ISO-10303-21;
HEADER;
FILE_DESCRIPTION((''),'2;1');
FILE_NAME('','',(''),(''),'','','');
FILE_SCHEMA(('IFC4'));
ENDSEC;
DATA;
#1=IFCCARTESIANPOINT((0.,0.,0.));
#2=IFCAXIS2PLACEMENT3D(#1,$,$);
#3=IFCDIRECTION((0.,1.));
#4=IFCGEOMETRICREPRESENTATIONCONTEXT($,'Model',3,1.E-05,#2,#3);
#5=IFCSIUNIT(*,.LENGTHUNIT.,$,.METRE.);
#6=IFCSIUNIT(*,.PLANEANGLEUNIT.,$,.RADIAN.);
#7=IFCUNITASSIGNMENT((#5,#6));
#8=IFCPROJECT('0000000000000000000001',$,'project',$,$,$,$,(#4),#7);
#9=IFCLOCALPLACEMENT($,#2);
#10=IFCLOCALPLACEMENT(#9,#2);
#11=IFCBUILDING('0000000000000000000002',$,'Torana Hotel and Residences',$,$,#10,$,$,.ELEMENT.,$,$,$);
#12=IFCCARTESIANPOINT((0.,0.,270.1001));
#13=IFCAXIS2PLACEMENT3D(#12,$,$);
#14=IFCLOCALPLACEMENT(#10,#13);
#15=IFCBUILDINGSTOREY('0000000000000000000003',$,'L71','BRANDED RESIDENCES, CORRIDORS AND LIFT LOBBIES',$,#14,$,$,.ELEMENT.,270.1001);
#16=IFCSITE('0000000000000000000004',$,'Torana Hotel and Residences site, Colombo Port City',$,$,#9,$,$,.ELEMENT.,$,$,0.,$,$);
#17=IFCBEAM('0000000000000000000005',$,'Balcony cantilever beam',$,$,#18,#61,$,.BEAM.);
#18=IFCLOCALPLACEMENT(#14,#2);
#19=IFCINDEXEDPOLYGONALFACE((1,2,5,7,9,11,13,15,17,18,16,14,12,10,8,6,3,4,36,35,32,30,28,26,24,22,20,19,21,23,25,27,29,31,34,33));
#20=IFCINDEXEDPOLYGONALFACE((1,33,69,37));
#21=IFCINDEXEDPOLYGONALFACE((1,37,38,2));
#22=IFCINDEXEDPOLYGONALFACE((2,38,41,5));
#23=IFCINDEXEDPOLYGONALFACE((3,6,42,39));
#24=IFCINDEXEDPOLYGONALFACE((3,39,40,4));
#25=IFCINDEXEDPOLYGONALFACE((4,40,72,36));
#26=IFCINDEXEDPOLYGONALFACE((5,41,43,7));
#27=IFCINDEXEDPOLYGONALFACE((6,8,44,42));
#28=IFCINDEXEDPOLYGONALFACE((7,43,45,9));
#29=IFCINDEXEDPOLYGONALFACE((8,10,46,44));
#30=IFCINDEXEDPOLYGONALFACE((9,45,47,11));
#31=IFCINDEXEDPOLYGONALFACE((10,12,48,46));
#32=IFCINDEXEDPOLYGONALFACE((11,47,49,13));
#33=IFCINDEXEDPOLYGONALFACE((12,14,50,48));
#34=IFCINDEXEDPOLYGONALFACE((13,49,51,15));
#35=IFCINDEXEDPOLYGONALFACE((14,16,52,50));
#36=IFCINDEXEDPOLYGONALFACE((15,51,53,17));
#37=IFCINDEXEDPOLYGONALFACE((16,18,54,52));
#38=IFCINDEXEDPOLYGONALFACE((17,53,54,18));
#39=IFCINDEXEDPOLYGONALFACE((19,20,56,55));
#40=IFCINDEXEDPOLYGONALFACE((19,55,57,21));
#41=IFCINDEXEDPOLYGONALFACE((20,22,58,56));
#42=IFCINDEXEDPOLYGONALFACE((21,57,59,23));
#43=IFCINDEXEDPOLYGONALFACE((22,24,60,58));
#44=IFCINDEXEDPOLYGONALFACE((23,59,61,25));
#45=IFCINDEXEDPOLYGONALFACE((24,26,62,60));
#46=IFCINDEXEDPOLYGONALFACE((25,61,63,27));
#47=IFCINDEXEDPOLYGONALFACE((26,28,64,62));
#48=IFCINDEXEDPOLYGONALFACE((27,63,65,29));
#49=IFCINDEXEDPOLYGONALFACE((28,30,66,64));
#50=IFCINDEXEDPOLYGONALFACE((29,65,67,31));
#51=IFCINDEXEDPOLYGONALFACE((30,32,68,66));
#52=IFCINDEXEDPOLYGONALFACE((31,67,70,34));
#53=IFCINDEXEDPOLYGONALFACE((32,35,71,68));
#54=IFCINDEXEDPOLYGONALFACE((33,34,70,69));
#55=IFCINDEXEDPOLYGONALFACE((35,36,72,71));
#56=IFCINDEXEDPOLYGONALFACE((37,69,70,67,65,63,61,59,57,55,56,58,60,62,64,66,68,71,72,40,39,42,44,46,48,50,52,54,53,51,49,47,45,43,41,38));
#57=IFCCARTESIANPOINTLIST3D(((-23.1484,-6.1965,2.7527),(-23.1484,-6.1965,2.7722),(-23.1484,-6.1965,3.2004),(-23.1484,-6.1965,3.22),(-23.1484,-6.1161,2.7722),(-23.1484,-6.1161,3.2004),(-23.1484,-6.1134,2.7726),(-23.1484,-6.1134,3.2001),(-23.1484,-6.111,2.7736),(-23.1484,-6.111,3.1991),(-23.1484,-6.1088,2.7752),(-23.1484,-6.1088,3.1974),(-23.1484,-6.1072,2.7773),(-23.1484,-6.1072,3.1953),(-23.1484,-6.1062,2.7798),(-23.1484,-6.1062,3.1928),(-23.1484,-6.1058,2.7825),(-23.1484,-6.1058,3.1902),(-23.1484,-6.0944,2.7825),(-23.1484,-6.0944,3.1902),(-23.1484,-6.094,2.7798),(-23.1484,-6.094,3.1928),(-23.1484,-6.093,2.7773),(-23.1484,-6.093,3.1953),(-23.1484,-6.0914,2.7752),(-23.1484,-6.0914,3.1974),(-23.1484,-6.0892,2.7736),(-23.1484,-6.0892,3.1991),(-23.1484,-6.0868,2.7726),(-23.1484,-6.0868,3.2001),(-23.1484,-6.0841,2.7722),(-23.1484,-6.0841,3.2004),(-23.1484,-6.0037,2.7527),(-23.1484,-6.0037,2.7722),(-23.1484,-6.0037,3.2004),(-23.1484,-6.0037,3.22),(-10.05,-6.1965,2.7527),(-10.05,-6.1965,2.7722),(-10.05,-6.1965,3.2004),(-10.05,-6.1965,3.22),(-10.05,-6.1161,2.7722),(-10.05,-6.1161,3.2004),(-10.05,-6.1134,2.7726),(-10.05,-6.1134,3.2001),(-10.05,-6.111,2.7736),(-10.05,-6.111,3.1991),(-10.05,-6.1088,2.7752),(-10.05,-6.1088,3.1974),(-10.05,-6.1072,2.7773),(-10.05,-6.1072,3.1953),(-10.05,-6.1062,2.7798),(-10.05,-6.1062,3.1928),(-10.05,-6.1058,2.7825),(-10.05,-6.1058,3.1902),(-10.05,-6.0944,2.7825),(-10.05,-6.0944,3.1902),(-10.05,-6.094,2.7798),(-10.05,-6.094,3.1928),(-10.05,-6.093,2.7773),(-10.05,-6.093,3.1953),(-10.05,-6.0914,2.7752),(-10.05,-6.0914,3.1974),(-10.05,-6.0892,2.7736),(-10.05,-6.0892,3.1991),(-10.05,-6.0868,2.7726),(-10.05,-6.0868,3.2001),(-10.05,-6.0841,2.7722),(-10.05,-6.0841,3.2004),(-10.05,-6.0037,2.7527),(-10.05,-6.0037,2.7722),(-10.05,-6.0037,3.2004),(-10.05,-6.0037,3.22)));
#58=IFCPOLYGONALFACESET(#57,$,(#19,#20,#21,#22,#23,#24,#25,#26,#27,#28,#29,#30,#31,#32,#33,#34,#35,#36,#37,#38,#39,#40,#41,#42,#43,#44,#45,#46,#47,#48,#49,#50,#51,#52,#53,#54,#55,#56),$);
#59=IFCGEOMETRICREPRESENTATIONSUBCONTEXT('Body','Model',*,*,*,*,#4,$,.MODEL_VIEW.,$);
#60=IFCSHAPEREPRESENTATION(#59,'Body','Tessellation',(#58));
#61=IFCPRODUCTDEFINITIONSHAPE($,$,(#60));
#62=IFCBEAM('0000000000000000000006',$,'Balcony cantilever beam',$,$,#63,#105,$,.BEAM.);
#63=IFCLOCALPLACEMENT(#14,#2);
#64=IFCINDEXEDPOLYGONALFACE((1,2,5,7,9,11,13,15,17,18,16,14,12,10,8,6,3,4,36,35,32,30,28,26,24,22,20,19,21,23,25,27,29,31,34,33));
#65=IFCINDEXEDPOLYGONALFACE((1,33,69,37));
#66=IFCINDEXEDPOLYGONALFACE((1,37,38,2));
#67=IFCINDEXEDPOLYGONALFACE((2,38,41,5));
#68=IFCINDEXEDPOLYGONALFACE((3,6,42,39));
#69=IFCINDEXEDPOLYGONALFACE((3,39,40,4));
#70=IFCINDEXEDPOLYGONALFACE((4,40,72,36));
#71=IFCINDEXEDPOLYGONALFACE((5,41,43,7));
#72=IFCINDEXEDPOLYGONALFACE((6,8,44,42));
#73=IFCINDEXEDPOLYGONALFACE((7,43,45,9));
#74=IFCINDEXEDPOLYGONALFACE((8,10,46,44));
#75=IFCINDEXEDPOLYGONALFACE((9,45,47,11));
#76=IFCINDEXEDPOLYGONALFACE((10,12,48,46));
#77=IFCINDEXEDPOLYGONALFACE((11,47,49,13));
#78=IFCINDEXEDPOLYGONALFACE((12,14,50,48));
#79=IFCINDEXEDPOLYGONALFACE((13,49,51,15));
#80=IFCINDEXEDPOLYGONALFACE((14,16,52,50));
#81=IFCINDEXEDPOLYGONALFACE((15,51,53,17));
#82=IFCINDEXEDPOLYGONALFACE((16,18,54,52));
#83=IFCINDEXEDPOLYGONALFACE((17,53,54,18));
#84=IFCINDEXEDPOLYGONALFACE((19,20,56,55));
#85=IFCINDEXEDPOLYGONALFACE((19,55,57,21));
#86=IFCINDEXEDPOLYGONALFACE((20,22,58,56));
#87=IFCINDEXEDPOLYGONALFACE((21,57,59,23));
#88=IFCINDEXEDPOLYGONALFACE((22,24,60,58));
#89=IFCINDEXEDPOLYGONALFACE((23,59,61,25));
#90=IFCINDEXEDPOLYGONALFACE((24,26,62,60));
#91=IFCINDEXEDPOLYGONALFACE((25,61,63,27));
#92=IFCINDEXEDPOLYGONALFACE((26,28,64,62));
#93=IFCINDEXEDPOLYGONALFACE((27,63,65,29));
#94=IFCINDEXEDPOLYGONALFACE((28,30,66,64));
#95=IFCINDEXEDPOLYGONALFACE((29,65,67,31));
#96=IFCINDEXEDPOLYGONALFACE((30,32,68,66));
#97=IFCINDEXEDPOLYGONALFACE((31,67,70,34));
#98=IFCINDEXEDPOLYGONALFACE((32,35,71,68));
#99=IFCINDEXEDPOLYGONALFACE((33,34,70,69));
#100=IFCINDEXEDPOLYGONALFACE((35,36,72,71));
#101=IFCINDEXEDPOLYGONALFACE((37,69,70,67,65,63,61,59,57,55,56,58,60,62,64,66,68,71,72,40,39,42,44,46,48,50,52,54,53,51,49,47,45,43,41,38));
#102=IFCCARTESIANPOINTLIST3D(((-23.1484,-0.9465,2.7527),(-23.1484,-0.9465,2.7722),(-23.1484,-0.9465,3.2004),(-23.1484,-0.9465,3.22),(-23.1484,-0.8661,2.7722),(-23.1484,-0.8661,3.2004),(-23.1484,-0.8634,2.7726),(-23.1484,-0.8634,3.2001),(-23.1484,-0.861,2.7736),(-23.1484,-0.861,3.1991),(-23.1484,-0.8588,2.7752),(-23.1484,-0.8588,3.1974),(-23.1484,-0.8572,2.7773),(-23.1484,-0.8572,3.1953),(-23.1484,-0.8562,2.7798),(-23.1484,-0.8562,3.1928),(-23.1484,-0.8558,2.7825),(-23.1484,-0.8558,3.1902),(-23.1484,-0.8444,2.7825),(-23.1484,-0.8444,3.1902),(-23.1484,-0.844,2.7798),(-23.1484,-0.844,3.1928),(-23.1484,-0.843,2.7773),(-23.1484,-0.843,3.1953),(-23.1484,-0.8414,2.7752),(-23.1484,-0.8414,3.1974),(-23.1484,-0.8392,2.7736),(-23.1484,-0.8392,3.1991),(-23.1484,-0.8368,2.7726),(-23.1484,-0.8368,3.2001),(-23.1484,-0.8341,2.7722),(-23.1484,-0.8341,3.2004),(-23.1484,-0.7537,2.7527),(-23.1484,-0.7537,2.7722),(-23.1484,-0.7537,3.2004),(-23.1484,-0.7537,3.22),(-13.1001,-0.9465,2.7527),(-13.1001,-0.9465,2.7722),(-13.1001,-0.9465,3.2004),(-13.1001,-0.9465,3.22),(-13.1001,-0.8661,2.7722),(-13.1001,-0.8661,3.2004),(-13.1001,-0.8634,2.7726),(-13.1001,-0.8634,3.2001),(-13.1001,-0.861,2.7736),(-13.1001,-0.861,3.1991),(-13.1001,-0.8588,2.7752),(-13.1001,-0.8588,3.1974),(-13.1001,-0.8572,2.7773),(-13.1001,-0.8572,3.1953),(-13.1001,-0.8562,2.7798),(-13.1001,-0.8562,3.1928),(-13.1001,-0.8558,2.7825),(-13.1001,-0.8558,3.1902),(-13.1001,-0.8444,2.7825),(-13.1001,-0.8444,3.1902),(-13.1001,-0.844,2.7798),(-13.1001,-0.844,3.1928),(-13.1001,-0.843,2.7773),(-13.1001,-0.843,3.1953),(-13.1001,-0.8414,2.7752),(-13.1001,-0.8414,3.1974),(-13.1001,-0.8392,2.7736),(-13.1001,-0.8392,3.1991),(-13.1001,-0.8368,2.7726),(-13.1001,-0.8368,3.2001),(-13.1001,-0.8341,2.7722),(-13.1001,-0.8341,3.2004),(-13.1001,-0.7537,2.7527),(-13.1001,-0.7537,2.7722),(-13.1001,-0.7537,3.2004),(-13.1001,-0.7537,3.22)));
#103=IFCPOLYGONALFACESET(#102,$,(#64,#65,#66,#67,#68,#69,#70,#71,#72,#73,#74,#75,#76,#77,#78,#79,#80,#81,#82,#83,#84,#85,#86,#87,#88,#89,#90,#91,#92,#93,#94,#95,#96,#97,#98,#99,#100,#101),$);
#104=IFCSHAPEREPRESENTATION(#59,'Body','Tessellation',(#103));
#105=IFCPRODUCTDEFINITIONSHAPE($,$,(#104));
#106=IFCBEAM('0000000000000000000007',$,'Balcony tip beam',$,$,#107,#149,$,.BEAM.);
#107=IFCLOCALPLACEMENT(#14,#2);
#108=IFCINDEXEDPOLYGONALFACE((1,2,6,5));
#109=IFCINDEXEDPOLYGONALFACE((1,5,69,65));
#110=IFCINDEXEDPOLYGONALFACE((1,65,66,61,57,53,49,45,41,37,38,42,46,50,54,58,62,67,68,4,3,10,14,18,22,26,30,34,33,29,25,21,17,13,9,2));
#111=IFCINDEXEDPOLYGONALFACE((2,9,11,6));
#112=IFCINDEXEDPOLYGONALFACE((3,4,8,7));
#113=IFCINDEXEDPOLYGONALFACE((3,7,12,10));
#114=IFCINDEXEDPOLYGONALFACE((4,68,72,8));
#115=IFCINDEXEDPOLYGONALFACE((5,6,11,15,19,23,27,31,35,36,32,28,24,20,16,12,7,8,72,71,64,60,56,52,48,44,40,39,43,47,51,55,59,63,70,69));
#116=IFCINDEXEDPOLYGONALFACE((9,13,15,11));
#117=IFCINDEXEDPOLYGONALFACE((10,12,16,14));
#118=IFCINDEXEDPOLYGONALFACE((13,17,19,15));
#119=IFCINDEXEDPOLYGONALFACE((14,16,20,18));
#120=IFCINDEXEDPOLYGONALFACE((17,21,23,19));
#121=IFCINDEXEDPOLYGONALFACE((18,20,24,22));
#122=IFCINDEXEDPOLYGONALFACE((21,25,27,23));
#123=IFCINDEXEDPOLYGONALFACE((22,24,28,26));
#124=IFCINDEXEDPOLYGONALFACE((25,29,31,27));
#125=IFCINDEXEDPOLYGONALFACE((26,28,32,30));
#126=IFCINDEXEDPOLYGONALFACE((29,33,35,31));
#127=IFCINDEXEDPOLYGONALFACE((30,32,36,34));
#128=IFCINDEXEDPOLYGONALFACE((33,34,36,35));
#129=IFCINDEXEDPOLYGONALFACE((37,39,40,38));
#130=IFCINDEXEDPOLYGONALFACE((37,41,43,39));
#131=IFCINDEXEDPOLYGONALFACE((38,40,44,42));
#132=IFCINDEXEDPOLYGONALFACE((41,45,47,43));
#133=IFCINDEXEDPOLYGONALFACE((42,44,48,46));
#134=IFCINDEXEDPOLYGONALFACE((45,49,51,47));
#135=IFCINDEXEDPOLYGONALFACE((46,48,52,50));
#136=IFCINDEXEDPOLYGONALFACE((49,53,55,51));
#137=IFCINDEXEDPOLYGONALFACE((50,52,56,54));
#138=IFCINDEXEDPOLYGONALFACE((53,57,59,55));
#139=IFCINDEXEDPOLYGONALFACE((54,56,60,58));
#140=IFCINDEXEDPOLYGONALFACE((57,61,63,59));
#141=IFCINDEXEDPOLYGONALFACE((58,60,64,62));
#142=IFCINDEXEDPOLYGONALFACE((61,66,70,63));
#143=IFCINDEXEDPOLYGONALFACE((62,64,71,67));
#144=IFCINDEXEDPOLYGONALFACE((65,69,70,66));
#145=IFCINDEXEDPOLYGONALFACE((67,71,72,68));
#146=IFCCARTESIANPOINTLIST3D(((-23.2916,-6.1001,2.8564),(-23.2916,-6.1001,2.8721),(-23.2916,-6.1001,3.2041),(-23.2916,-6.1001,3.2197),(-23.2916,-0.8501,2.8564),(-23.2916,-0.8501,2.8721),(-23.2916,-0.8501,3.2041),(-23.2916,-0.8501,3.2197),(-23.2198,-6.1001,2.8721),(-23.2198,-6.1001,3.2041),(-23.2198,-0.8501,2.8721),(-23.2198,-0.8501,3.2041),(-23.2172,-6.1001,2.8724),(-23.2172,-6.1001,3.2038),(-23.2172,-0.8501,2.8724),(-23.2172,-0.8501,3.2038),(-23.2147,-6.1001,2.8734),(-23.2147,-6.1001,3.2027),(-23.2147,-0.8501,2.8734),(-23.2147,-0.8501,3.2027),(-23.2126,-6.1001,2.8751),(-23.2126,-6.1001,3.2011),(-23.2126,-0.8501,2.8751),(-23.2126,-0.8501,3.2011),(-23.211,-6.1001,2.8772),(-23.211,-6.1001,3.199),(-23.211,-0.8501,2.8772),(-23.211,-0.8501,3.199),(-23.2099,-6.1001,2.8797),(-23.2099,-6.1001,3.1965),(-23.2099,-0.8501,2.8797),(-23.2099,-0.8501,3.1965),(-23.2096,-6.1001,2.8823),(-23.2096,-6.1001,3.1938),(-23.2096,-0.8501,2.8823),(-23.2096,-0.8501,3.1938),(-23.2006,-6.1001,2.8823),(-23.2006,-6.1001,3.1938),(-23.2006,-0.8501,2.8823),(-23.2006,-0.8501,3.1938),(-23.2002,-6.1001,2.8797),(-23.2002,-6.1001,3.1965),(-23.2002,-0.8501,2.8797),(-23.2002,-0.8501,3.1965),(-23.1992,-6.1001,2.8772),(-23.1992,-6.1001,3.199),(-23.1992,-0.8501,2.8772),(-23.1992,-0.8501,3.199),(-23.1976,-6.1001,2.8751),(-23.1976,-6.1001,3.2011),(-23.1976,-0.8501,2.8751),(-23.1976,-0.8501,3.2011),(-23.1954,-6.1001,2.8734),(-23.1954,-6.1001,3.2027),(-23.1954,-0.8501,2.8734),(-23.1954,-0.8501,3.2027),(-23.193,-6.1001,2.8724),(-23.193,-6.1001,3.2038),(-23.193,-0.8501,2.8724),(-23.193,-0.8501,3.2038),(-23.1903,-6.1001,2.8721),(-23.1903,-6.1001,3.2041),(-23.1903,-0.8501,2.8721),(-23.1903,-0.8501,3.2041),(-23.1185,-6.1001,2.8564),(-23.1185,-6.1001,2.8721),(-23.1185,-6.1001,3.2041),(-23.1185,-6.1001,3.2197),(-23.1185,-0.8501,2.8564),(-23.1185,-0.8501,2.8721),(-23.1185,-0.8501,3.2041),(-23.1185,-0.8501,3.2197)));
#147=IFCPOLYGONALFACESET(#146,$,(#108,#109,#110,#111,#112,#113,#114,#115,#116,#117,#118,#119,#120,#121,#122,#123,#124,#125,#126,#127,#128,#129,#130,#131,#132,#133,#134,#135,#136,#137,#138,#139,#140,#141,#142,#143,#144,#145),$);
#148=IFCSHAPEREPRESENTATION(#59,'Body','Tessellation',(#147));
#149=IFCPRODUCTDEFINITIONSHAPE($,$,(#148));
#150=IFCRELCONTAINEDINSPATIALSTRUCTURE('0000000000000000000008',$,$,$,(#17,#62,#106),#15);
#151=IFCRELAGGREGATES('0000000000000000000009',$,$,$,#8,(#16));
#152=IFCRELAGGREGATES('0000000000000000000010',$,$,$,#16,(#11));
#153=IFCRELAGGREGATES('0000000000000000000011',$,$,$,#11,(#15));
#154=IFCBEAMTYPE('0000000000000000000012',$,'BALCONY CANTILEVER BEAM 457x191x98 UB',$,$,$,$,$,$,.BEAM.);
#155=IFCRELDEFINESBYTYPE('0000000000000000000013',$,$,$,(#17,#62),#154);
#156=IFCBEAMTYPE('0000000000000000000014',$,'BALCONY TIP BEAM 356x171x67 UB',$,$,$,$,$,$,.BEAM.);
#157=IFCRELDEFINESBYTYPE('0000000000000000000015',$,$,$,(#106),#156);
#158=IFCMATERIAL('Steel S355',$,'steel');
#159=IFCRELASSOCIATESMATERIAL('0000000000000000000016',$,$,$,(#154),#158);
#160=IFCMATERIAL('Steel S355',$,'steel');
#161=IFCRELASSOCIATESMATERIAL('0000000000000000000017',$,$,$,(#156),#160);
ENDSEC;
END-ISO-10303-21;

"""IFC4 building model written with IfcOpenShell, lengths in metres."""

from ifc_helpers import new_model, si_unit, direction, frame, origin, origin_2d, place, context, subcontext, project, spatial, i_section, extrude, material, material_profile, profile_set, type_object, element, save


model = new_model("IFC4")

# Units and contexts
model_context = context("Model", 3, precision=1e-05, world=origin(), true_north=direction((0.0, 1.0)))
body_context = subcontext(model_context, "Body", "Model", "MODEL_VIEW")
ifc_project = project(units=[si_unit("LENGTHUNIT", "METRE"), si_unit("PLANEANGLEUNIT", "RADIAN")], contexts=[model_context])

# Site, building, storey
site_placement = place(None, origin())
site = spatial("IfcSite", under=ifc_project, at=site_placement, Name="Torana Hotel and Residences site, Colombo Port City", CompositionType="ELEMENT", RefElevation=0.0)
building_placement = place(site_placement, origin())
building = spatial("IfcBuilding", under=site, at=building_placement, Name="Torana Hotel and Residences", CompositionType="ELEMENT")
storey_placement = place(building_placement, frame((0.0, 0.0, 270.1001)))
storey = spatial("IfcBuildingStorey", under=building, at=storey_placement, Name="L71", Description="BRANDED RESIDENCES, CORRIDORS AND LIFT LOBBIES", CompositionType="ELEMENT", Elevation=270.1001)

# Beams
ifc_material_1 = material(Name="Steel S355", Category="steel")
ifc_material_profile_1 = material_profile(ifc_material_1, i_section(OverallWidth=0.1929, OverallDepth=0.4673, WebThickness=0.0115, FlangeThickness=0.0195, FilletRadius=0.0103, at=origin_2d()), Name="457x191x98 UB")
ifc_profile_set_1 = profile_set([ifc_material_profile_1], Name="Steel S355")
beam_type_1 = type_object("IfcBeamType", Name="BALCONY CANTILEVER BEAM 457x191x98 UB", PredefinedType="BEAM", material=ifc_profile_set_1)
beam_1_placement = place(storey_placement, frame((-23.1484, -6.1001, 2.9863), z_axis=(1.0, 0.0, 0.0), x_axis=(0.0, 1.0, 0.0)))
element("IfcBeam", 1, at=beam_1_placement, inside=storey, type_object=beam_type_1, Name="Balcony cantilever beam", PredefinedType="BEAM", context=body_context, shape_type="SweptSolid", body=[
    extrude(i_section(OverallWidth=0.1929, OverallDepth=0.4673, WebThickness=0.0115, FlangeThickness=0.0195, FilletRadius=0.0103, at=origin_2d()), origin(), (0.0, 0.0, 1.0), 13.0984),
])
beam_2_placement = place(storey_placement, frame((-23.1484, -0.8501, 2.9863), z_axis=(1.0, 0.0, 0.0), x_axis=(0.0, 1.0, 0.0)))
element("IfcBeam", 2, at=beam_2_placement, inside=storey, type_object=beam_type_1, Name="Balcony cantilever beam", PredefinedType="BEAM", context=body_context, shape_type="SweptSolid", body=[
    extrude(i_section(OverallWidth=0.1929, OverallDepth=0.4673, WebThickness=0.0115, FlangeThickness=0.0195, FilletRadius=0.0103, at=origin_2d()), origin(), (0.0, 0.0, 1.0), 10.0483),
])
ifc_material_2 = material(Name="Steel S355", Category="steel")
ifc_material_profile_2 = material_profile(ifc_material_2, i_section(OverallWidth=0.1731, OverallDepth=0.3633, WebThickness=0.009, FlangeThickness=0.0156, FilletRadius=0.0103, at=origin_2d()), Name="356x171x67 UB")
ifc_profile_set_2 = profile_set([ifc_material_profile_2], Name="Steel S355")
beam_type_2 = type_object("IfcBeamType", Name="BALCONY TIP BEAM 356x171x67 UB", PredefinedType="BEAM", material=ifc_profile_set_2)
beam_3_placement = place(storey_placement, frame((-23.2051, -6.1001, 3.0381), z_axis=(0.0, 1.0, 0.0), x_axis=(-1.0, 0.0, 0.0)))
element("IfcBeam", 3, at=beam_3_placement, inside=storey, type_object=beam_type_2, Name="Balcony tip beam", PredefinedType="BEAM", context=body_context, shape_type="SweptSolid", body=[
    extrude(i_section(OverallWidth=0.1731, OverallDepth=0.3633, WebThickness=0.009, FlangeThickness=0.0156, FilletRadius=0.0103, at=origin_2d()), origin(), (0.0, 0.0, 1.0), 5.25),
])

save(model, "model.ifc")
